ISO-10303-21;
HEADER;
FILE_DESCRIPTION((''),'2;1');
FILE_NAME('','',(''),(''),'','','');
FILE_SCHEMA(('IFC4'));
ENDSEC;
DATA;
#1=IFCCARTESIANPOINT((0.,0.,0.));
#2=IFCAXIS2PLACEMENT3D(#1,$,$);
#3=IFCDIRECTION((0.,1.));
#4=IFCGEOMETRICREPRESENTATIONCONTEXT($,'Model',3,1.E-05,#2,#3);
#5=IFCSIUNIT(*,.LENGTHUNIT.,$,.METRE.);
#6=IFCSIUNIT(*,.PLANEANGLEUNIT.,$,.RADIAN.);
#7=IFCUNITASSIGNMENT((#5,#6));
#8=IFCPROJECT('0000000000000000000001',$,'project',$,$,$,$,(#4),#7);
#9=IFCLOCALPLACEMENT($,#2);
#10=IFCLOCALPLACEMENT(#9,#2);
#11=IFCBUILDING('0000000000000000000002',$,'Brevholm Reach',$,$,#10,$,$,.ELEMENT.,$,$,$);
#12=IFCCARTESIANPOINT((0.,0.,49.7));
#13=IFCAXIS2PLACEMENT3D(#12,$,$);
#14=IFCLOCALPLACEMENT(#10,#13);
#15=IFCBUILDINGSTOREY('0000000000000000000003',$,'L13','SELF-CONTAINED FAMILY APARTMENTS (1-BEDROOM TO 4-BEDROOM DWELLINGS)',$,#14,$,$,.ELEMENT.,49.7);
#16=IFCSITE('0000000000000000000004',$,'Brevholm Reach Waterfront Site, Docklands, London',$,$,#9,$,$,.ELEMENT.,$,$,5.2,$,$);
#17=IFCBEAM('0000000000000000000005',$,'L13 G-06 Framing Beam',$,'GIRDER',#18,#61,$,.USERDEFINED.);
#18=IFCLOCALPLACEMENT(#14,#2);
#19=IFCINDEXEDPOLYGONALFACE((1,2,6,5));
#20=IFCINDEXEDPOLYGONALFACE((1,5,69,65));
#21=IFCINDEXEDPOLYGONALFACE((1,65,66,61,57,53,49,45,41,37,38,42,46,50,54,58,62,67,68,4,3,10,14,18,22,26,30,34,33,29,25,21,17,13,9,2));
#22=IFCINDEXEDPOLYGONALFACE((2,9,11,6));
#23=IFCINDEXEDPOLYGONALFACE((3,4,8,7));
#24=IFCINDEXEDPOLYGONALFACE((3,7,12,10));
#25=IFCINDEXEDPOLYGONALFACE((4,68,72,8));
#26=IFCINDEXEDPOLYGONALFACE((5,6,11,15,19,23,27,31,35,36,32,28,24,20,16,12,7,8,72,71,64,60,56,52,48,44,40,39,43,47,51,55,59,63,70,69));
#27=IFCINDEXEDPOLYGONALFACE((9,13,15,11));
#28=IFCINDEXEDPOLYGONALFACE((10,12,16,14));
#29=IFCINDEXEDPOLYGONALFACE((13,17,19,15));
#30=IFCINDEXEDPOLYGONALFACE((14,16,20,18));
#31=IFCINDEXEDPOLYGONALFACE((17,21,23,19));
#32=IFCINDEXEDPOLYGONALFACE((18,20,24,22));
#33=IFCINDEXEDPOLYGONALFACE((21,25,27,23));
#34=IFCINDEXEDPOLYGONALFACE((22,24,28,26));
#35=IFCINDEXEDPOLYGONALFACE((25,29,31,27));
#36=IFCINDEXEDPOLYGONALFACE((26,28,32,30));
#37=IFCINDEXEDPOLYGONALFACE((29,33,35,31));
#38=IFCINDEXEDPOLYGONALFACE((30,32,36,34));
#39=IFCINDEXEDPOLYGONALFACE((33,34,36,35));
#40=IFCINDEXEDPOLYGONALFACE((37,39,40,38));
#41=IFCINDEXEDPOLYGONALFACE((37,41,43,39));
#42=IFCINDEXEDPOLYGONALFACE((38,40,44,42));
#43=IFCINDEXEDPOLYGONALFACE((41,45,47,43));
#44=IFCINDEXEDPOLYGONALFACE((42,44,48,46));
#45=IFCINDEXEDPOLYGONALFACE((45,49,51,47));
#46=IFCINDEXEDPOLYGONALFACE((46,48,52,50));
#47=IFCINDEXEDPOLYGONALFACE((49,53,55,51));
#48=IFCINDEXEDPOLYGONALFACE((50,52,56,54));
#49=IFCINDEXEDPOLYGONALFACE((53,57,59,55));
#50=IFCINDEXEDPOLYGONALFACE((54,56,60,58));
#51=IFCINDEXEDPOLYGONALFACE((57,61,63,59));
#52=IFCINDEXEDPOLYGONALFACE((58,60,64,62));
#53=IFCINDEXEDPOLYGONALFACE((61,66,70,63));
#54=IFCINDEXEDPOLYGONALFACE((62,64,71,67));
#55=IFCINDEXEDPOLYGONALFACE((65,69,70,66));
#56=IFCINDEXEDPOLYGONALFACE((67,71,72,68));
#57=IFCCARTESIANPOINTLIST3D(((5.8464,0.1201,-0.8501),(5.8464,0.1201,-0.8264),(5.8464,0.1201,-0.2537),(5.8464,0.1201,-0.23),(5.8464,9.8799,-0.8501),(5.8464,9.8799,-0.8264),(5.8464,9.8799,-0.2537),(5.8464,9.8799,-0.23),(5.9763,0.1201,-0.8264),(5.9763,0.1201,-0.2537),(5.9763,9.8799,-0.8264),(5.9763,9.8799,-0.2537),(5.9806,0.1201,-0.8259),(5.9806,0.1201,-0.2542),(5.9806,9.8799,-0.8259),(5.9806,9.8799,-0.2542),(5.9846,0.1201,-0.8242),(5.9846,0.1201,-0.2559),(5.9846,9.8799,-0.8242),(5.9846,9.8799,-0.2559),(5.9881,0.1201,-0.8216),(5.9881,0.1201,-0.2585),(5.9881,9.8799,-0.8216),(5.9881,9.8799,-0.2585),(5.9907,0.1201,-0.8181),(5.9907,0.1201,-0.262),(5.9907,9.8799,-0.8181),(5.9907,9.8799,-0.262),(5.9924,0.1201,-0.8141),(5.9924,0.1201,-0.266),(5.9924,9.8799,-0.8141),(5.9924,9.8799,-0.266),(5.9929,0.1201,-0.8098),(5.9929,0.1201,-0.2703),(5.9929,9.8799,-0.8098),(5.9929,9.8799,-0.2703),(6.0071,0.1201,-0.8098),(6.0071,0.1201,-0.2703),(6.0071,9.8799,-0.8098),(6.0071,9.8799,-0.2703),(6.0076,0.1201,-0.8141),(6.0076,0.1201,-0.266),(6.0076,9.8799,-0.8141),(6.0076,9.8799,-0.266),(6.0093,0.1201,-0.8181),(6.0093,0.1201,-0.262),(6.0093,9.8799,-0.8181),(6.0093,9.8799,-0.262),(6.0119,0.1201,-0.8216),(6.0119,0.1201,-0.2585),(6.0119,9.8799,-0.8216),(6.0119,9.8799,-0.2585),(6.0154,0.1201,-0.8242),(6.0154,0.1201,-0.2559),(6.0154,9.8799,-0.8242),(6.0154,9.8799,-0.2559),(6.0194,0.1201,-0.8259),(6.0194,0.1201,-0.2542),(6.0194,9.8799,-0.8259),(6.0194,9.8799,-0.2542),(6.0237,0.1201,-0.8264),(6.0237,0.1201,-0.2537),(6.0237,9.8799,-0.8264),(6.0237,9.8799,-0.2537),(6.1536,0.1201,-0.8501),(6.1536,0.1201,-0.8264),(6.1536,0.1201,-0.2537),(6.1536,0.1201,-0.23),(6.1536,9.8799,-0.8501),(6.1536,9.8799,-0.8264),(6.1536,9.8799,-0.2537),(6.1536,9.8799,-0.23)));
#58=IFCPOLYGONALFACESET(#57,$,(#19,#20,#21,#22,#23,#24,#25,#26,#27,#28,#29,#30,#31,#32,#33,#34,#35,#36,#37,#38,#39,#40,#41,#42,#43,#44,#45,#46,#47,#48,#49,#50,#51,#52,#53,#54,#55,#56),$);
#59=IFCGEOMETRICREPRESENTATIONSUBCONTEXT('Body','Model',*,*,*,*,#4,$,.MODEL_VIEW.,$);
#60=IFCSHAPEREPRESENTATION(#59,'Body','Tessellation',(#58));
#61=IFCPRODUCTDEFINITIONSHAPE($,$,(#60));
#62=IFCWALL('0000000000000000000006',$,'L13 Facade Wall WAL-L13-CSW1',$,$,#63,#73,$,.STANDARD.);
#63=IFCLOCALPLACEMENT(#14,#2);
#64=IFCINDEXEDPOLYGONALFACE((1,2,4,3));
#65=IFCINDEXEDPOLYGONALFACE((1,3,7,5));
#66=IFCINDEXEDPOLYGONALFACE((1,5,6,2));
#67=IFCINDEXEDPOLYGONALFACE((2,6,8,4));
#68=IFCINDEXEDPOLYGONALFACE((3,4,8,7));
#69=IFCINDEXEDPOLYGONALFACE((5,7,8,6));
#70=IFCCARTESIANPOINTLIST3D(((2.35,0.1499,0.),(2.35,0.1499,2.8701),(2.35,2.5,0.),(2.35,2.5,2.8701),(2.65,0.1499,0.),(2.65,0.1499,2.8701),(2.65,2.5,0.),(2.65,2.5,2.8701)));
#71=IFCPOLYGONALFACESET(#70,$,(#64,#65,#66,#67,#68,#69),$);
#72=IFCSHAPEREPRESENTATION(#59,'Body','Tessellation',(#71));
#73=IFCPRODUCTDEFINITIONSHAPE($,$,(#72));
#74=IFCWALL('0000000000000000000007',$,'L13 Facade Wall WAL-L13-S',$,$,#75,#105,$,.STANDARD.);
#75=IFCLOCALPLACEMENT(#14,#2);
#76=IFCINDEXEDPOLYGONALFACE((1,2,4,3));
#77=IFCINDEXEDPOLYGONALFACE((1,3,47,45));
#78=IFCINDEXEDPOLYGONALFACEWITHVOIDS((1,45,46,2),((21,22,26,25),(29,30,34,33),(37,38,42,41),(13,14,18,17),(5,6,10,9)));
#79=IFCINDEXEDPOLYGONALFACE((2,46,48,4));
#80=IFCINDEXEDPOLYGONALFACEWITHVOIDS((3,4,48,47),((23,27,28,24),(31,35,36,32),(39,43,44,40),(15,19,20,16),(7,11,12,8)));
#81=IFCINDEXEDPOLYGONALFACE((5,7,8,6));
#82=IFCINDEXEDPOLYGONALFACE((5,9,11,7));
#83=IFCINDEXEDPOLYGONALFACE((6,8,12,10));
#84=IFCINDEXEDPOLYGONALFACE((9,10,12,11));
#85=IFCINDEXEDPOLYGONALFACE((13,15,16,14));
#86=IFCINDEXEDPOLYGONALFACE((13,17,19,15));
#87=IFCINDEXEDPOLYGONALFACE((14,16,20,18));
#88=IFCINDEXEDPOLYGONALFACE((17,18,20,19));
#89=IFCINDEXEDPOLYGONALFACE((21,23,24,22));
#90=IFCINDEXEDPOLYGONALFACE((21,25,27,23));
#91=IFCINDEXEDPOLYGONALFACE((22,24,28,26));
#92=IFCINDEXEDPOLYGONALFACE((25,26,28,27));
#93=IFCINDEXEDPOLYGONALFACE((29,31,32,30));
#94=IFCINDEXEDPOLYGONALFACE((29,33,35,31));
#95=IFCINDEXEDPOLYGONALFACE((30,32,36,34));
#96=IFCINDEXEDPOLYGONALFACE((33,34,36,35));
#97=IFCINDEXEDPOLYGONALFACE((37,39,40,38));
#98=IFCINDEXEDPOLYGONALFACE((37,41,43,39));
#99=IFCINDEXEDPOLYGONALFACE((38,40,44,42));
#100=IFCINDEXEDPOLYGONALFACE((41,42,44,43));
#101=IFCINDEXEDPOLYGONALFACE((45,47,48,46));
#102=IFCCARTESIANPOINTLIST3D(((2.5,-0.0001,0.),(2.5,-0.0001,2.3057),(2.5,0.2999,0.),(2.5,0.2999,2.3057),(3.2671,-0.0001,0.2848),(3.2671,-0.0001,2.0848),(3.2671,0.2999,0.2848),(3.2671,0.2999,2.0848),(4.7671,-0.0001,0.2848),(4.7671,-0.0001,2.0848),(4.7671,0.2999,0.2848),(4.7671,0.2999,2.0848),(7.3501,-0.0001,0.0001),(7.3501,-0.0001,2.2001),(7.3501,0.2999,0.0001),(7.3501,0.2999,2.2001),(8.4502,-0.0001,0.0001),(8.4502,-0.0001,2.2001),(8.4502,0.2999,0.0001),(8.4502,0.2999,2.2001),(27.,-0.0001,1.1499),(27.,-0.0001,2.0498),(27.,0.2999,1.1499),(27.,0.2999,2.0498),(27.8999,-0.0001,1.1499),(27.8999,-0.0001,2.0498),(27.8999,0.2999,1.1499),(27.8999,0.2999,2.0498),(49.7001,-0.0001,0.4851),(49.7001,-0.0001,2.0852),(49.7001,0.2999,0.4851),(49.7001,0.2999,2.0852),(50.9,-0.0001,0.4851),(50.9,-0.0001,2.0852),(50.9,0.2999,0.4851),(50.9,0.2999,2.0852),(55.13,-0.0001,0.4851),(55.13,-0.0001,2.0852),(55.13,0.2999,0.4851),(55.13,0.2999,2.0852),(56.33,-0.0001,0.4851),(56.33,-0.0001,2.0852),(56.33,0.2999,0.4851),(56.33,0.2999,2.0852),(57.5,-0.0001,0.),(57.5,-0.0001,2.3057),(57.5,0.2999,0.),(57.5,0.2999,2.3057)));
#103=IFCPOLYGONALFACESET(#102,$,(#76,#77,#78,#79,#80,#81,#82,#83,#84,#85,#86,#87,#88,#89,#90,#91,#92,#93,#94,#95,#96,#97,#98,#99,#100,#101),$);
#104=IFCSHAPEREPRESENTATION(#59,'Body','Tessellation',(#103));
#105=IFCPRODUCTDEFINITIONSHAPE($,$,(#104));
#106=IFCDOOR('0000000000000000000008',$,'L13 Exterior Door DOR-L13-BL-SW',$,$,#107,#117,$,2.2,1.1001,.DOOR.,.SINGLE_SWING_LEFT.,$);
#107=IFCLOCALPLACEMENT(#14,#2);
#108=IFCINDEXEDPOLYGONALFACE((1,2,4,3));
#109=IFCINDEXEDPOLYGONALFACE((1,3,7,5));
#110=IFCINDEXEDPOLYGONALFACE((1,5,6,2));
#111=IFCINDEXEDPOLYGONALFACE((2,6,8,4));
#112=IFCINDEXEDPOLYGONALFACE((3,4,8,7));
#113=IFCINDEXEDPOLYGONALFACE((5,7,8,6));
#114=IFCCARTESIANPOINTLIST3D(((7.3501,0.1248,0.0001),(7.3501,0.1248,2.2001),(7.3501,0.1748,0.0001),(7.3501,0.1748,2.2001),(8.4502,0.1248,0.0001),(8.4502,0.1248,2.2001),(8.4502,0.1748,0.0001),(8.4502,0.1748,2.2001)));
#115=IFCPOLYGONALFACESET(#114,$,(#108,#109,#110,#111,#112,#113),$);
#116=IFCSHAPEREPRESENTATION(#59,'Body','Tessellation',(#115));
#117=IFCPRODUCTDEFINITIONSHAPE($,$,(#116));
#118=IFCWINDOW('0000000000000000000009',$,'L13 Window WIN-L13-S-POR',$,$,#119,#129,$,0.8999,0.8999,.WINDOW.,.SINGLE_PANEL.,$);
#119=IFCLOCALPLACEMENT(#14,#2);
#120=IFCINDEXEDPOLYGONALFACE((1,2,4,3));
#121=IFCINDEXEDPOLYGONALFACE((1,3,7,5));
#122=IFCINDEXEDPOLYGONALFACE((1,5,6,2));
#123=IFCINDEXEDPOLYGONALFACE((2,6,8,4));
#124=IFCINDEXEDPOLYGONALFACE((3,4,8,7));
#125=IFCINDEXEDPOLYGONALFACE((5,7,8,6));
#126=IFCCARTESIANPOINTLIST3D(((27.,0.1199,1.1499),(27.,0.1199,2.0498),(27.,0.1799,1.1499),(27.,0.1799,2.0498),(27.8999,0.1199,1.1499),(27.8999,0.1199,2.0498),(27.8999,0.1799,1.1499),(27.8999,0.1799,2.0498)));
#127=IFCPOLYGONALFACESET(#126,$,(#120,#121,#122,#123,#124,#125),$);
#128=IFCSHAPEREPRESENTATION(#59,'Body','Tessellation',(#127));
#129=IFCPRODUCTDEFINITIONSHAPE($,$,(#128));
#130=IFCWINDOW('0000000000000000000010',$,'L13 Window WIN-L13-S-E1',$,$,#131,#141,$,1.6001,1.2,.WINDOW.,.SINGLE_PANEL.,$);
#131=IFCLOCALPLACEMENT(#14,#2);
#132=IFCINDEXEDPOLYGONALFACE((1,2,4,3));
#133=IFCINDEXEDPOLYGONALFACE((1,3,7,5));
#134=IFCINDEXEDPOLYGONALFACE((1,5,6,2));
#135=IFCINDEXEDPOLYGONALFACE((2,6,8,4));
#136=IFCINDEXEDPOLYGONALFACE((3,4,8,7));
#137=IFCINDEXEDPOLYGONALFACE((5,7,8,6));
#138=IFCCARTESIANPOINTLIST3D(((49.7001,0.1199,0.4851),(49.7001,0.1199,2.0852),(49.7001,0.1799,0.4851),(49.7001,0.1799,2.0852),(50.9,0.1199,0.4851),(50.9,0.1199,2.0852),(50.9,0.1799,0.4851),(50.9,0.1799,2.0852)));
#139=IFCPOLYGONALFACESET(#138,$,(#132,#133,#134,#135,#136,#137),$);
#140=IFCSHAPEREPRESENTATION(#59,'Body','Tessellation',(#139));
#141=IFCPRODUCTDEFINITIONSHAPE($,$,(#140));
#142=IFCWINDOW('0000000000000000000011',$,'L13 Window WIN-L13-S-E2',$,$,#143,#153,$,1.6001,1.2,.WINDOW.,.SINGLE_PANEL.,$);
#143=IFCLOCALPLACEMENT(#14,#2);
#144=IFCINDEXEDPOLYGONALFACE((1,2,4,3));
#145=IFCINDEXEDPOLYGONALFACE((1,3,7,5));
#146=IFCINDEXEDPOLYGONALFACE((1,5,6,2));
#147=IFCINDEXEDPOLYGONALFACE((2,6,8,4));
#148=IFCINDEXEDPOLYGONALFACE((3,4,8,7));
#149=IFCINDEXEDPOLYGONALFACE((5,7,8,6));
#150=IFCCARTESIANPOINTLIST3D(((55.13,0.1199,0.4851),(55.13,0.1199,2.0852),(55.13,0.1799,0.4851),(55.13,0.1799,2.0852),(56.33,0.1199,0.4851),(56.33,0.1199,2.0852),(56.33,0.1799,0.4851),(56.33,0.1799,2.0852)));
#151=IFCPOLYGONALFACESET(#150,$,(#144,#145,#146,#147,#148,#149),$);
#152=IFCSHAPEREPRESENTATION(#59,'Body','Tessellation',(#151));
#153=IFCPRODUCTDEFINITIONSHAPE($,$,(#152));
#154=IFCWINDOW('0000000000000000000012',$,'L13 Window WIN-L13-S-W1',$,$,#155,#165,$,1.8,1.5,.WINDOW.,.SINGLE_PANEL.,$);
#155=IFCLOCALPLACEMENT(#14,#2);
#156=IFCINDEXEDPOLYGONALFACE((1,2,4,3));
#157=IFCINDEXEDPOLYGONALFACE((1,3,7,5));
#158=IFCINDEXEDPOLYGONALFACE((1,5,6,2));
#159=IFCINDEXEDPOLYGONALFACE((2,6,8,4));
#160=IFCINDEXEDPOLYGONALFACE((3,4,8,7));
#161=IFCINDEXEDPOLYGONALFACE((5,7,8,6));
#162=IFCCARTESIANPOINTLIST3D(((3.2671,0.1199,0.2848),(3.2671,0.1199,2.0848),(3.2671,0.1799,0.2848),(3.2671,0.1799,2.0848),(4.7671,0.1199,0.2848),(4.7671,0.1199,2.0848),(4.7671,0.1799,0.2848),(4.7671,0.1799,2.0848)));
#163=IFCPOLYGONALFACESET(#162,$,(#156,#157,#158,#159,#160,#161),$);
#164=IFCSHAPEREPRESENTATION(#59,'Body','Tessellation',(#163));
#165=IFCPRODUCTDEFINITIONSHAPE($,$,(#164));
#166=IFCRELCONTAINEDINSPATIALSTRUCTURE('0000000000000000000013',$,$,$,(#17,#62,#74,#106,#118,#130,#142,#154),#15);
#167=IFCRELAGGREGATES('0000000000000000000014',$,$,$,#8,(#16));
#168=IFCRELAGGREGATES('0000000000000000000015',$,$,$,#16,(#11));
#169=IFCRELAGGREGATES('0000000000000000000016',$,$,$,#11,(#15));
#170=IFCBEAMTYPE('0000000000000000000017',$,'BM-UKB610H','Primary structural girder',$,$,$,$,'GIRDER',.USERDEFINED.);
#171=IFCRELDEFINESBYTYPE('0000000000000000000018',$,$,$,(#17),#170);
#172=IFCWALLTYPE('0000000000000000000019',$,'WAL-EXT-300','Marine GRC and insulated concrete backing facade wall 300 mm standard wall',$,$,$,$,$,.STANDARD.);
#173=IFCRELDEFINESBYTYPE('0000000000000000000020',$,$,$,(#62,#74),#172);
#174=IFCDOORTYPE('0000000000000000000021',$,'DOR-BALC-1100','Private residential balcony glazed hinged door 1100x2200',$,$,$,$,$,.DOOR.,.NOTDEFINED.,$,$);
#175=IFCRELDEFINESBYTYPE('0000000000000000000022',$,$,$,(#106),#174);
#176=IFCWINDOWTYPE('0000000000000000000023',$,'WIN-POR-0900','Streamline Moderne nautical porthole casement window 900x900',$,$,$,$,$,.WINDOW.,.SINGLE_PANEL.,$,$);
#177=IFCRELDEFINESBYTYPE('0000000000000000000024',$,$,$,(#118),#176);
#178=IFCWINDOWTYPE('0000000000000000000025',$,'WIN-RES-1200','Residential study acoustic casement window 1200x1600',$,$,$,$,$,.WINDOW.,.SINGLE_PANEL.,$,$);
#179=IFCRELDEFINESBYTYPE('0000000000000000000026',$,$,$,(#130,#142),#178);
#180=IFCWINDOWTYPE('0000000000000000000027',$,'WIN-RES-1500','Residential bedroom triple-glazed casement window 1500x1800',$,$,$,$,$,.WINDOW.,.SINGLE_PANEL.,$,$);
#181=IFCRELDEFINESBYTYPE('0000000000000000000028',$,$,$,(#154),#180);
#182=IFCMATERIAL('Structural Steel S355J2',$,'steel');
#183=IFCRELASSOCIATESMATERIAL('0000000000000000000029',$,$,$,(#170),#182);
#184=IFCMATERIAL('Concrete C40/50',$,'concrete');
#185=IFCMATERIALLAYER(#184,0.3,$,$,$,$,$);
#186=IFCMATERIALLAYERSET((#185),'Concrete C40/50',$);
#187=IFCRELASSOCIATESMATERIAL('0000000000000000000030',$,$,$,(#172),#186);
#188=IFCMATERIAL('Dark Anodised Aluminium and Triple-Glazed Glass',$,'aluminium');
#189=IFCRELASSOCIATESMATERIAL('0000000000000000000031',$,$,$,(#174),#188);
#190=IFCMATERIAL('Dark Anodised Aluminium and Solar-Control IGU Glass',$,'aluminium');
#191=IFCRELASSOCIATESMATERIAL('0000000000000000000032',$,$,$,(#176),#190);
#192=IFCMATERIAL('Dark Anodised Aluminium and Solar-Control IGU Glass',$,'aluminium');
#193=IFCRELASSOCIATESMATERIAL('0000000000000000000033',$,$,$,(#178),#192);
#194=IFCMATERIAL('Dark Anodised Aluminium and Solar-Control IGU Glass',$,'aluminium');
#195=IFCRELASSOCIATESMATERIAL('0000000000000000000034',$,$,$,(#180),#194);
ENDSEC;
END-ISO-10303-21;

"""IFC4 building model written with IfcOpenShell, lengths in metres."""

from ifc_helpers import new_model, si_unit, direction, frame, frame_2d, origin, origin_2d, place, context, subcontext, project, spatial, rectangle, i_section, extrude, material, layer, layer_set, material_profile, profile_set, type_object, element, fill, save


model = new_model("IFC4")

# Units and contexts
model_context = context("Model", 3, precision=1e-05, world=origin(), true_north=direction((0.0, 1.0)))
body_context = subcontext(model_context, "Body", "Model", "MODEL_VIEW")
ifc_project = project(units=[si_unit("LENGTHUNIT", "METRE"), si_unit("PLANEANGLEUNIT", "RADIAN")], contexts=[model_context])

# Site, building, storey
site_placement = place(None, origin())
site = spatial("IfcSite", under=ifc_project, at=site_placement, Name="Brevholm Reach Waterfront Site, Docklands, London", CompositionType="ELEMENT", RefElevation=5.2)
building_placement = place(site_placement, origin())
building = spatial("IfcBuilding", under=site, at=building_placement, Name="Brevholm Reach", CompositionType="ELEMENT")
storey_placement = place(building_placement, frame((0.0, 0.0, 49.7)))
storey = spatial("IfcBuildingStorey", under=building, at=storey_placement, Name="L13", Description="SELF-CONTAINED FAMILY APARTMENTS (1-BEDROOM TO 4-BEDROOM DWELLINGS)", CompositionType="ELEMENT", Elevation=49.7)

# Beam
ifc_material_1 = material(Name="Structural Steel S355J2", Category="steel")
ifc_material_profile_1 = material_profile(ifc_material_1, i_section(OverallWidth=0.3071, OverallDepth=0.6201, WebThickness=0.0142, FlangeThickness=0.0237, FilletRadius=0.0166, at=origin_2d()), Name="UKB 610x305x179")
ifc_profile_set_1 = profile_set([ifc_material_profile_1], Name="Structural Steel S355J2")
beam_type_1 = type_object("IfcBeamType", Name="BM-UKB610H", Description="Primary structural girder", ElementType="GIRDER", PredefinedType="USERDEFINED", material=ifc_profile_set_1)
beam_1_placement = place(storey_placement, frame((6.0, 0.1201, -0.54), z_axis=(0.0, 1.0, 0.0), x_axis=(-1.0, 0.0, 0.0)))
element("IfcBeam", 1, at=beam_1_placement, inside=storey, type_object=beam_type_1, Name="L13 G-06 Framing Beam", ObjectType="GIRDER", PredefinedType="USERDEFINED", context=body_context, shape_type="SweptSolid", body=[
    extrude(i_section(OverallWidth=0.3071, OverallDepth=0.6201, WebThickness=0.0142, FlangeThickness=0.0237, FilletRadius=0.0166, at=origin_2d()), origin(), (0.0, 0.0, 1.0), 9.7598),
])

# Wall
ifc_material_2 = material(Name="Concrete C40/50", Category="concrete")
ifc_layer_1 = layer(ifc_material_2, 0.3)
ifc_layer_set_1 = layer_set([ifc_layer_1], Name="Concrete C40/50")
wall_type_1 = type_object("IfcWallType", Name="WAL-EXT-300", Description="Marine GRC and insulated concrete backing facade wall 300 mm standard wall", PredefinedType="STANDARD", material=ifc_layer_set_1)
wall_1_placement = place(storey_placement, frame((2.5, 2.5, 0.0), z_axis=(0.0, 0.0, 1.0), x_axis=(0.0, -1.0, 0.0)))
element("IfcWall", 2, at=wall_1_placement, inside=storey, type_object=wall_type_1, Name="L13 Facade Wall WAL-L13-CSW1", PredefinedType="STANDARD", context=body_context, shape_type="SweptSolid", body=[
    extrude(rectangle(XDim=2.3501, YDim=0.3, at=frame_2d((1.175, 0.0))), origin(), (0.0, 0.0, 1.0), 2.8701),
])

# Wall, openings, door, windows
wall_2_placement = place(storey_placement, frame((2.5, 0.1499, 0.0), z_axis=(0.0, 0.0, 1.0), x_axis=(1.0, 0.0, 0.0)))
wall_2 = element("IfcWall", 3, at=wall_2_placement, inside=storey, type_object=wall_type_1, Name="L13 Facade Wall WAL-L13-S", PredefinedType="STANDARD", context=body_context, shape_type="SweptSolid", body=[
    extrude(rectangle(XDim=55.0, YDim=0.3, at=frame_2d((27.5, 0.0))), origin(), (0.0, 0.0, 1.0), 2.3057),
])
opening_1_placement = place(wall_2_placement, frame((4.8501, 0.0, 0.0)))
opening_1 = element("IfcOpeningElement", 4, at=opening_1_placement, cuts=wall_2, PredefinedType="OPENING", context=body_context, shape_type="SweptSolid", body=[
    extrude(rectangle(XDim=1.1001, YDim=2.2, at=frame_2d((0.55, 1.1001))), frame((0.0, 0.1599, 0.0), z_axis=(0.0, -1.0, 0.0), x_axis=(1.0, 0.0, 0.0)), (0.0, 0.0, 1.0), 0.3201),
])
opening_2_placement = place(wall_2_placement, frame((0.7671, 0.0, 0.2849)))
opening_2 = element("IfcOpeningElement", 5, at=opening_2_placement, cuts=wall_2, PredefinedType="OPENING", context=body_context, shape_type="SweptSolid", body=[
    extrude(rectangle(XDim=1.5, YDim=1.8, at=frame_2d((0.75, 0.8999))), frame((0.0, 0.1599, 0.0), z_axis=(0.0, -1.0, 0.0), x_axis=(1.0, 0.0, 0.0)), (0.0, 0.0, 1.0), 0.3201),
])
opening_3_placement = place(wall_2_placement, frame((24.5, 0.0, 1.1499)))
opening_3 = element("IfcOpeningElement", 6, at=opening_3_placement, cuts=wall_2, PredefinedType="OPENING", context=body_context, shape_type="SweptSolid", body=[
    extrude(rectangle(XDim=0.8999, YDim=0.8999, at=frame_2d((0.45, 0.45))), frame((0.0, 0.1599, 0.0), z_axis=(0.0, -1.0, 0.0), x_axis=(1.0, 0.0, 0.0)), (0.0, 0.0, 1.0), 0.3201),
])
opening_4_placement = place(wall_2_placement, frame((47.2, 0.0, 0.4851)))
opening_4 = element("IfcOpeningElement", 7, at=opening_4_placement, cuts=wall_2, PredefinedType="OPENING", context=body_context, shape_type="SweptSolid", body=[
    extrude(rectangle(XDim=1.2, YDim=1.6001, at=frame_2d((0.6001, 0.8))), frame((0.0, 0.1599, 0.0), z_axis=(0.0, -1.0, 0.0), x_axis=(1.0, 0.0, 0.0)), (0.0, 0.0, 1.0), 0.3201),
])
opening_5_placement = place(wall_2_placement, frame((52.6299, 0.0, 0.4851)))
opening_5 = element("IfcOpeningElement", 8, at=opening_5_placement, cuts=wall_2, PredefinedType="OPENING", context=body_context, shape_type="SweptSolid", body=[
    extrude(rectangle(XDim=1.2, YDim=1.6001, at=frame_2d((0.6001, 0.8))), frame((0.0, 0.1599, 0.0), z_axis=(0.0, -1.0, 0.0), x_axis=(1.0, 0.0, 0.0)), (0.0, 0.0, 1.0), 0.3201),
])
ifc_material_3 = material(Name="Dark Anodised Aluminium and Triple-Glazed Glass", Category="aluminium")
door_type_1 = type_object("IfcDoorType", Name="DOR-BALC-1100", Description="Private residential balcony glazed hinged door 1100x2200", OperationType="NOTDEFINED", PredefinedType="DOOR", material=ifc_material_3)
door_1_placement = place(opening_1_placement, origin())
door_1 = element("IfcDoor", 9, at=door_1_placement, inside=storey, type_object=door_type_1, Name="L13 Exterior Door DOR-L13-BL-SW", OperationType="SINGLE_SWING_LEFT", OverallHeight=2.2, OverallWidth=1.1001, PredefinedType="DOOR", context=body_context, shape_type="SweptSolid", body=[
    extrude(rectangle(XDim=1.1001, YDim=2.2, at=frame_2d((0.55, 1.1001))), frame((0.0, 0.0249, 0.0), z_axis=(0.0, -1.0, 0.0), x_axis=(1.0, 0.0, 0.0)), (0.0, 0.0, 1.0), 0.05),
])
fill(opening_1, door_1)
ifc_material_4 = material(Name="Dark Anodised Aluminium and Solar-Control IGU Glass", Category="aluminium")
window_type_1 = type_object("IfcWindowType", Name="WIN-POR-0900", Description="Streamline Moderne nautical porthole casement window 900x900", PartitioningType="SINGLE_PANEL", PredefinedType="WINDOW", material=ifc_material_4)
window_1_placement = place(opening_3_placement, origin())
window_1 = element("IfcWindow", 10, at=window_1_placement, inside=storey, type_object=window_type_1, Name="L13 Window WIN-L13-S-POR", OverallHeight=0.8999, OverallWidth=0.8999, PartitioningType="SINGLE_PANEL", PredefinedType="WINDOW", context=body_context, shape_type="SweptSolid", body=[
    extrude(rectangle(XDim=0.8999, YDim=0.8999, at=frame_2d((0.45, 0.45))), frame((0.0, 0.03, 0.0), z_axis=(0.0, -1.0, 0.0), x_axis=(1.0, 0.0, 0.0)), (0.0, 0.0, 1.0), 0.0601),
])
fill(opening_3, window_1)
ifc_material_5 = material(Name="Dark Anodised Aluminium and Solar-Control IGU Glass", Category="aluminium")
window_type_2 = type_object("IfcWindowType", Name="WIN-RES-1200", Description="Residential study acoustic casement window 1200x1600", PartitioningType="SINGLE_PANEL", PredefinedType="WINDOW", material=ifc_material_5)
window_2_placement = place(opening_4_placement, origin())
window_2 = element("IfcWindow", 11, at=window_2_placement, inside=storey, type_object=window_type_2, Name="L13 Window WIN-L13-S-E1", OverallHeight=1.6001, OverallWidth=1.2, PartitioningType="SINGLE_PANEL", PredefinedType="WINDOW", context=body_context, shape_type="SweptSolid", body=[
    extrude(rectangle(XDim=1.2, YDim=1.6001, at=frame_2d((0.6001, 0.8))), frame((0.0, 0.03, 0.0), z_axis=(0.0, -1.0, 0.0), x_axis=(1.0, 0.0, 0.0)), (0.0, 0.0, 1.0), 0.0601),
])
fill(opening_4, window_2)
window_3_placement = place(opening_5_placement, origin())
window_3 = element("IfcWindow", 12, at=window_3_placement, inside=storey, type_object=window_type_2, Name="L13 Window WIN-L13-S-E2", OverallHeight=1.6001, OverallWidth=1.2, PartitioningType="SINGLE_PANEL", PredefinedType="WINDOW", context=body_context, shape_type="SweptSolid", body=[
    extrude(rectangle(XDim=1.2, YDim=1.6001, at=frame_2d((0.6001, 0.8))), frame((0.0, 0.03, 0.0), z_axis=(0.0, -1.0, 0.0), x_axis=(1.0, 0.0, 0.0)), (0.0, 0.0, 1.0), 0.0601),
])
fill(opening_5, window_3)
ifc_material_6 = material(Name="Dark Anodised Aluminium and Solar-Control IGU Glass", Category="aluminium")
window_type_3 = type_object("IfcWindowType", Name="WIN-RES-1500", Description="Residential bedroom triple-glazed casement window 1500x1800", PartitioningType="SINGLE_PANEL", PredefinedType="WINDOW", material=ifc_material_6)
window_4_placement = place(opening_2_placement, origin())
window_4 = element("IfcWindow", 13, at=window_4_placement, inside=storey, type_object=window_type_3, Name="L13 Window WIN-L13-S-W1", OverallHeight=1.8, OverallWidth=1.5, PartitioningType="SINGLE_PANEL", PredefinedType="WINDOW", context=body_context, shape_type="SweptSolid", body=[
    extrude(rectangle(XDim=1.5, YDim=1.8, at=frame_2d((0.75, 0.8999))), frame((0.0, 0.03, 0.0), z_axis=(0.0, -1.0, 0.0), x_axis=(1.0, 0.0, 0.0)), (0.0, 0.0, 1.0), 0.0601),
])
fill(opening_2, window_4)

save(model, "model.ifc")
